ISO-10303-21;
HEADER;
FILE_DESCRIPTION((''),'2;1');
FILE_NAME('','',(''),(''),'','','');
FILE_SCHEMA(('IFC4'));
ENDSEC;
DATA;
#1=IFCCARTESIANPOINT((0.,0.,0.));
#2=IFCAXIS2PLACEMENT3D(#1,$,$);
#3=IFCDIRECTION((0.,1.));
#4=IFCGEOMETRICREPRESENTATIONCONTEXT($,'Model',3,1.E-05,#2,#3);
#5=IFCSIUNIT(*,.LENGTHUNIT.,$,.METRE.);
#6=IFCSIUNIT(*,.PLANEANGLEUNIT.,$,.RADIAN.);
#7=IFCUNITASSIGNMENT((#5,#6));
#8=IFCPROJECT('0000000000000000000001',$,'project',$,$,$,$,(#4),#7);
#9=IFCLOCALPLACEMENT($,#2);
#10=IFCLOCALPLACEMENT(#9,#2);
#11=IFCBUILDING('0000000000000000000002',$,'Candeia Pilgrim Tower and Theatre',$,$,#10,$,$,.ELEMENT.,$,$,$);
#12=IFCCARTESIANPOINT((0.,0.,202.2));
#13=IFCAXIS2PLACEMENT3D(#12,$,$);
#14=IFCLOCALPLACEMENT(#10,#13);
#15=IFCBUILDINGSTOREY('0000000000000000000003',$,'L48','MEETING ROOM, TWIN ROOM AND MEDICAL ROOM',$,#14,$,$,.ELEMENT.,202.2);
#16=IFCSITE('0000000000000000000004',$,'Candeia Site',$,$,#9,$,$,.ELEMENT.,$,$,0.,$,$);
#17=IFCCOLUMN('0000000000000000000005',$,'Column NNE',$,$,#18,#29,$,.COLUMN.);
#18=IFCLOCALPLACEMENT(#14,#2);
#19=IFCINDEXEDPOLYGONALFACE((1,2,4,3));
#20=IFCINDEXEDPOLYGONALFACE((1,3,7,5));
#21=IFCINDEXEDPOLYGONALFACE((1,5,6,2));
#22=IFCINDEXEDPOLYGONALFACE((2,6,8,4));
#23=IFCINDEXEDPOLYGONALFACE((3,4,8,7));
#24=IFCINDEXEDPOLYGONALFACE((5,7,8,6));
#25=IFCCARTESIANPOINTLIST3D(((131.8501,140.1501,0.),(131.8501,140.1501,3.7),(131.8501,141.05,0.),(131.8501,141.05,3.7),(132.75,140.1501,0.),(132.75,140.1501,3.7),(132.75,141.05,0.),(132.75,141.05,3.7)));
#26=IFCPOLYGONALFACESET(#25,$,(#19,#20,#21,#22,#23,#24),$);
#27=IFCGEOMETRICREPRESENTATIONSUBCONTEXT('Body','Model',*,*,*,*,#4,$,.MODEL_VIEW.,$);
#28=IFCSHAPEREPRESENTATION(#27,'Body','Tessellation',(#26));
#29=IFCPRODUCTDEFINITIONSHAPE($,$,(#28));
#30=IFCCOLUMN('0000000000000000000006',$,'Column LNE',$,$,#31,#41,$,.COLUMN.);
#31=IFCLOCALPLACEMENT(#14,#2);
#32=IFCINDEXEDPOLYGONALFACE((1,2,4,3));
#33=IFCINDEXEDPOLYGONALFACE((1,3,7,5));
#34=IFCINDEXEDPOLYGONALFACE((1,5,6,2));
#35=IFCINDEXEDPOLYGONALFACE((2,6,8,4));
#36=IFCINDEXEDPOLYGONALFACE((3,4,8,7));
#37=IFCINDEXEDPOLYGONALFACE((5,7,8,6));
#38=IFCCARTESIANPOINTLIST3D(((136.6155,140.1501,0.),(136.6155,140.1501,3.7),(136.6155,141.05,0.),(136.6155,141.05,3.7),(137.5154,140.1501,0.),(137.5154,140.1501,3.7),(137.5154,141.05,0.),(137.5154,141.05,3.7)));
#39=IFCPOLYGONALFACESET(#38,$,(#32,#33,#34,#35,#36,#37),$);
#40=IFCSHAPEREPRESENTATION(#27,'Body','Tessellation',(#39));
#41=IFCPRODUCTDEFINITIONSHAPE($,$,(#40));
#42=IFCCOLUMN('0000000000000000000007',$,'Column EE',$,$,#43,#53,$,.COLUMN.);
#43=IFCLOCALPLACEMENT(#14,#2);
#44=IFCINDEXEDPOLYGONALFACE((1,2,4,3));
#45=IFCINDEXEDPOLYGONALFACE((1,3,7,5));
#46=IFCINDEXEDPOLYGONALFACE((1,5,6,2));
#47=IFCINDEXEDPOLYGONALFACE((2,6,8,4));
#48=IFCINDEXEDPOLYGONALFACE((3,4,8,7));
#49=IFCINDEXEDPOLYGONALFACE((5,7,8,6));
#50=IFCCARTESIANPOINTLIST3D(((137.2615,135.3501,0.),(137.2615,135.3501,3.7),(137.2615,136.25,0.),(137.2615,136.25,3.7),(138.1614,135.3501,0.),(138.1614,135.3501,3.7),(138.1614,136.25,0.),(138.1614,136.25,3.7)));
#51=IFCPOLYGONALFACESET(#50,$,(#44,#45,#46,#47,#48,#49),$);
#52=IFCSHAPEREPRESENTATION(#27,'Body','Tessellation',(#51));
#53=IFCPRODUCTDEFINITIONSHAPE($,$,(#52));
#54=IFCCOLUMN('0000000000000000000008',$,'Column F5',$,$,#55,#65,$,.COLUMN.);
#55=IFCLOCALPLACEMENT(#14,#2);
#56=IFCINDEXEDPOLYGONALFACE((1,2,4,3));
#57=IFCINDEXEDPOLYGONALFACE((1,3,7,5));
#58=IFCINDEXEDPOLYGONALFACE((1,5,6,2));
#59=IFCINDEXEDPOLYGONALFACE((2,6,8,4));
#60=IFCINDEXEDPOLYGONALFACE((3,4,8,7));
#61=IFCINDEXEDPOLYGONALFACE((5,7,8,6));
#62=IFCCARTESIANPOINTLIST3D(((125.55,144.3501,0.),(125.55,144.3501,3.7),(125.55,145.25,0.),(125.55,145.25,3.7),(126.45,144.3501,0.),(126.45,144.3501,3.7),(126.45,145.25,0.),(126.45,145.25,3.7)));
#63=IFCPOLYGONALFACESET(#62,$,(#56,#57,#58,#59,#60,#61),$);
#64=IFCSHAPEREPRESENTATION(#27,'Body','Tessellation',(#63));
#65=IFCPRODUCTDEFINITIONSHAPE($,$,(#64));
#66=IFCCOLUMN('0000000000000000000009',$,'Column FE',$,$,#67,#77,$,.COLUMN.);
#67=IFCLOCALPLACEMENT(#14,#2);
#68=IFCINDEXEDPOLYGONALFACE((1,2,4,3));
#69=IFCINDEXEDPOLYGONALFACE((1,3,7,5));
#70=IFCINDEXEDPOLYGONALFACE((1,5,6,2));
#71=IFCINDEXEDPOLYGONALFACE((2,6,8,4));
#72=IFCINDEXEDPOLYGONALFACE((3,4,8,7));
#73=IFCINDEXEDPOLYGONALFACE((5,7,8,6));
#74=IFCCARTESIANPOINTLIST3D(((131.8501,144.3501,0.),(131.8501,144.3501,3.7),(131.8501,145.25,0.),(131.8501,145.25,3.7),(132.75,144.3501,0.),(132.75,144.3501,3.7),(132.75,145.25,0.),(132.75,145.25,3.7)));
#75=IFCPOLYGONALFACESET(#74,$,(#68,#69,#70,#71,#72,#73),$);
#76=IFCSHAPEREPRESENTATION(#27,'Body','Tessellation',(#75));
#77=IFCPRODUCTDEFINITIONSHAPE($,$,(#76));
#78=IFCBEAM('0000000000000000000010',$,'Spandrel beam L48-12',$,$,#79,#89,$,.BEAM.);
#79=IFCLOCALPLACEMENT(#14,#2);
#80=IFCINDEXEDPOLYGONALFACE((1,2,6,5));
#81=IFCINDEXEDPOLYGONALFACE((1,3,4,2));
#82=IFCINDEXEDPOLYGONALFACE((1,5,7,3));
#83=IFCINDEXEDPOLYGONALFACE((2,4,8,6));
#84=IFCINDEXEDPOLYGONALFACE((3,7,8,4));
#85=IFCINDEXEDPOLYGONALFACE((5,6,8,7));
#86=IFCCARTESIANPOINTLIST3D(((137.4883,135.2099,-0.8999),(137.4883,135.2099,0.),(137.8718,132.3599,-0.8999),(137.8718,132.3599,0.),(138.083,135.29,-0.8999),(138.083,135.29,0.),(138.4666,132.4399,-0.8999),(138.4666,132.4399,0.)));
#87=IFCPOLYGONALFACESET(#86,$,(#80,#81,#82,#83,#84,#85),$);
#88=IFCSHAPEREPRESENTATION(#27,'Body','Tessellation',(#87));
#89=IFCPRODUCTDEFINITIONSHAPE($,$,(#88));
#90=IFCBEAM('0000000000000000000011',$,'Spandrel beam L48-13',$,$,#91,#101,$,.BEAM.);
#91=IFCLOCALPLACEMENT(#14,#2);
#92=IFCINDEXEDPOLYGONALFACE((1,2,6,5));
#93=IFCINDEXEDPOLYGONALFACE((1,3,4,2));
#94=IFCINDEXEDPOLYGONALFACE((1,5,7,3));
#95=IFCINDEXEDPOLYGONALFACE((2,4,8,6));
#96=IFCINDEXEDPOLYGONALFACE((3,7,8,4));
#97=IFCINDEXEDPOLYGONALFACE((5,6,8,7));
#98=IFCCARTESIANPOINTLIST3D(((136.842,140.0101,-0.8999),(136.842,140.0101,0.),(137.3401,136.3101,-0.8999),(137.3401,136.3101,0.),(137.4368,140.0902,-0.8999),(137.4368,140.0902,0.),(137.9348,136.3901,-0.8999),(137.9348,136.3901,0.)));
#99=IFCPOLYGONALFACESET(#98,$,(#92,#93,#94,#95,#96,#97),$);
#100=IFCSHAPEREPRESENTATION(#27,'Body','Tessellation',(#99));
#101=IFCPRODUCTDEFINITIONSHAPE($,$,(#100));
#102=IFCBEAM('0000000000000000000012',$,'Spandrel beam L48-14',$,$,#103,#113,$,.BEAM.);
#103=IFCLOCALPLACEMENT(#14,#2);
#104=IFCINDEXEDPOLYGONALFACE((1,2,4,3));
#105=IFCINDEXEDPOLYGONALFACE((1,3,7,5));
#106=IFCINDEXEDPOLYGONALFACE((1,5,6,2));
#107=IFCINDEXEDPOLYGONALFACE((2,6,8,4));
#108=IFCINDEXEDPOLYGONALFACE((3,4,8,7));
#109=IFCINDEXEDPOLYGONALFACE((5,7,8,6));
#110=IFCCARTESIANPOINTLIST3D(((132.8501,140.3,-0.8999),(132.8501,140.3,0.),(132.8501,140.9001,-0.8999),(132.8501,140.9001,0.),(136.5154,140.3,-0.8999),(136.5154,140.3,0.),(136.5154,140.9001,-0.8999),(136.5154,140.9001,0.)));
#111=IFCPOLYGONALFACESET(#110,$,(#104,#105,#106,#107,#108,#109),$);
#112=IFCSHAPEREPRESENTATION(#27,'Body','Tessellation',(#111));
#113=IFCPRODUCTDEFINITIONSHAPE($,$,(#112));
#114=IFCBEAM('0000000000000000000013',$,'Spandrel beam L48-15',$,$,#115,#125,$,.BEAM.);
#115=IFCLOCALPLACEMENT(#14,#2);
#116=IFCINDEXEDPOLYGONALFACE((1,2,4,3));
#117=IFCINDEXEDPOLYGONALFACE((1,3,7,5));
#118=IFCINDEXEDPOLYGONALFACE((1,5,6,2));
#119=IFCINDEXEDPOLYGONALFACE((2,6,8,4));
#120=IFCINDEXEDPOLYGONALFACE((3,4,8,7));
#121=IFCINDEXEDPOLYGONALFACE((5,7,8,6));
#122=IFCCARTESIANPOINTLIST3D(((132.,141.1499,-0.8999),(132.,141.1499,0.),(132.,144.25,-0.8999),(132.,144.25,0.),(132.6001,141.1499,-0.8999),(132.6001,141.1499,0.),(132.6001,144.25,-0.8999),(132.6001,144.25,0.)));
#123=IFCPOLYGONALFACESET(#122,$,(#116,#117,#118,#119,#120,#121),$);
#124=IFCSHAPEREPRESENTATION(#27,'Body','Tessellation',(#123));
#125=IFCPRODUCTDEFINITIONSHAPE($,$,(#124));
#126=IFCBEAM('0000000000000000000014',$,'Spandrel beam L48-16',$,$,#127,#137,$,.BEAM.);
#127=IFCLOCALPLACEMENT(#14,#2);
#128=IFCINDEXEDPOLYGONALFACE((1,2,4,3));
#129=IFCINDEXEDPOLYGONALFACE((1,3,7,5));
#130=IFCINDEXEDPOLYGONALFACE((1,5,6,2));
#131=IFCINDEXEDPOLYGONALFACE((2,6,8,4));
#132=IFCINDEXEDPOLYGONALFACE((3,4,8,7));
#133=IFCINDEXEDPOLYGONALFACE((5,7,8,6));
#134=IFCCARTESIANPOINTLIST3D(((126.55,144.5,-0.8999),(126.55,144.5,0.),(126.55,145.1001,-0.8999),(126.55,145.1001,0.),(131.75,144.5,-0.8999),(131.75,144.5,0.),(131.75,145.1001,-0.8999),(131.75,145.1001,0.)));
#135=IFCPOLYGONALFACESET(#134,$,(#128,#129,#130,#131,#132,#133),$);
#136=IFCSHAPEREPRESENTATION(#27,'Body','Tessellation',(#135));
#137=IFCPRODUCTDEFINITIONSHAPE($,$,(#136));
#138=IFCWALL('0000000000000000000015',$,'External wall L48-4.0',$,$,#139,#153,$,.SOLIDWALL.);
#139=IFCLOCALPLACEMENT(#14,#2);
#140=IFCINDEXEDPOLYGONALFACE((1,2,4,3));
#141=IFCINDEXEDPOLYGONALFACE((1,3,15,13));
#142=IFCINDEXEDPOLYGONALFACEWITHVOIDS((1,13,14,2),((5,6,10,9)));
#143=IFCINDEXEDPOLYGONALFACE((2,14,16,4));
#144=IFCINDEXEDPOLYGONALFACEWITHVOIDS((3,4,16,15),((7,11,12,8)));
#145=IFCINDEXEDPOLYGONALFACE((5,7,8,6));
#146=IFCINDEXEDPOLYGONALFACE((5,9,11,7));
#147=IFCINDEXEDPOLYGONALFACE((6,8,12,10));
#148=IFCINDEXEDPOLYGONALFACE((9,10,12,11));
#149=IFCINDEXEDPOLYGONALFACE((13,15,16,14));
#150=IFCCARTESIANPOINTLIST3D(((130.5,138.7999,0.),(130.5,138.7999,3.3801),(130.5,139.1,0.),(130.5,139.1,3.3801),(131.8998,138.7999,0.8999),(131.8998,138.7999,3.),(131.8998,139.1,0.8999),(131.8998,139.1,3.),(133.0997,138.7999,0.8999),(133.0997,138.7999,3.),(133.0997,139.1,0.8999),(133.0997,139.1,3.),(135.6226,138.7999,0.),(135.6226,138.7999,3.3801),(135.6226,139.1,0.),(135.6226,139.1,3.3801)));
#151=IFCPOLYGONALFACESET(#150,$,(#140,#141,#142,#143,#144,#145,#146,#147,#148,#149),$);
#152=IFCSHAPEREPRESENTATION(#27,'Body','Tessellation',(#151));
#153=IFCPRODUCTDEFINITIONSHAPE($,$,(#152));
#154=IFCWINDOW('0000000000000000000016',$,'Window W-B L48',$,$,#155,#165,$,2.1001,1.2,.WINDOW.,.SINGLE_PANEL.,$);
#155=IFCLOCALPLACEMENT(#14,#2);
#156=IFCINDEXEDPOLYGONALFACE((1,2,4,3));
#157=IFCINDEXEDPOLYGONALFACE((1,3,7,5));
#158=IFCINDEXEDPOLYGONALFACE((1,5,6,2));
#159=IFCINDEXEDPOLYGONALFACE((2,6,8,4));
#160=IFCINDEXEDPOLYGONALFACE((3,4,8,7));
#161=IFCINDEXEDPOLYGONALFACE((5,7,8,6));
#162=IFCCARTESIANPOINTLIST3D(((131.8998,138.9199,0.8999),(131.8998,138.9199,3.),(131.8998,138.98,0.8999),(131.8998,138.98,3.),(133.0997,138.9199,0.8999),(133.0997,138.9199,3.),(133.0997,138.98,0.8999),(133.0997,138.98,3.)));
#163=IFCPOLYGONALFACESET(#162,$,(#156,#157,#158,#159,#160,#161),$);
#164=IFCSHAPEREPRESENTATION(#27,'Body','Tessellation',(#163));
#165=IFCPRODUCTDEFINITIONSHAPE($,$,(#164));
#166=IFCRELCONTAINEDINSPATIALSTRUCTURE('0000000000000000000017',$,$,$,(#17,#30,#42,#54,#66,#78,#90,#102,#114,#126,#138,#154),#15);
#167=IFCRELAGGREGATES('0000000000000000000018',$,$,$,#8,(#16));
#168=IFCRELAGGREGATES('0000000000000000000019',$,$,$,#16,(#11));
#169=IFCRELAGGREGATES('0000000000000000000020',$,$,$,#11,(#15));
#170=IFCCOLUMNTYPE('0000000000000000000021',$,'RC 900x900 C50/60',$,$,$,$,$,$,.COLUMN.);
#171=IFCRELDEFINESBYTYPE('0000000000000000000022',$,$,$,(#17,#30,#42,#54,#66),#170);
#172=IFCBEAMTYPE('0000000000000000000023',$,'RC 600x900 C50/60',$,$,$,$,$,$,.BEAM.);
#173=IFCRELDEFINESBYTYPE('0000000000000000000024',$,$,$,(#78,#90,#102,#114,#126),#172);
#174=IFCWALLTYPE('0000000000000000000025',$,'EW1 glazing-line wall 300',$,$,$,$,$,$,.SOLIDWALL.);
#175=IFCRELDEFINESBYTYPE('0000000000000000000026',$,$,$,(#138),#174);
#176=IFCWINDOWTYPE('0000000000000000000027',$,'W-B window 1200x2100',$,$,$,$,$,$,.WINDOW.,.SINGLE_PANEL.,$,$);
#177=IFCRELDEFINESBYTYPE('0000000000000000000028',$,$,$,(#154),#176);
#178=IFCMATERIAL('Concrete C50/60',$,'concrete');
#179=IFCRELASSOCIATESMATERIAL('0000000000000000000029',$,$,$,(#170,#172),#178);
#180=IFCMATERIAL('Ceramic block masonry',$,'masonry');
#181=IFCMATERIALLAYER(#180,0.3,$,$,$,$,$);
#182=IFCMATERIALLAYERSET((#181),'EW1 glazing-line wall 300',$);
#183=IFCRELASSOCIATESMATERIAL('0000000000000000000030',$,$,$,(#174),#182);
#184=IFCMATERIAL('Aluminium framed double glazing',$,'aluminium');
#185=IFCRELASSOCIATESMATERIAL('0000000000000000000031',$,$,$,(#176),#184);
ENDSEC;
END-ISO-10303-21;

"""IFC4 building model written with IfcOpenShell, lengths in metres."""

from ifc_helpers import new_model, si_unit, direction, frame, frame_2d, origin, origin_2d, place, context, subcontext, project, spatial, rectangle, extrude, material, layer, layer_set, material_profile, profile_set, type_object, element, fill, save


model = new_model("IFC4")

# Units and contexts
model_context = context("Model", 3, precision=1e-05, world=origin(), true_north=direction((0.0, 1.0)))
body_context = subcontext(model_context, "Body", "Model", "MODEL_VIEW")
ifc_project = project(units=[si_unit("LENGTHUNIT", "METRE"), si_unit("PLANEANGLEUNIT", "RADIAN")], contexts=[model_context])

# Site, building, storey
site_placement = place(None, origin())
site = spatial("IfcSite", under=ifc_project, at=site_placement, Name="Candeia Site", CompositionType="ELEMENT", RefElevation=0.0)
building_placement = place(site_placement, origin())
building = spatial("IfcBuilding", under=site, at=building_placement, Name="Candeia Pilgrim Tower and Theatre", CompositionType="ELEMENT")
storey_placement = place(building_placement, frame((0.0, 0.0, 202.2)))
storey = spatial("IfcBuildingStorey", under=building, at=storey_placement, Name="L48", Description="MEETING ROOM, TWIN ROOM AND MEDICAL ROOM", CompositionType="ELEMENT", Elevation=202.2)

# Columns
ifc_material_1 = material(Name="Concrete C50/60", Category="concrete")
ifc_material_profile_1 = material_profile(ifc_material_1, rectangle(XDim=0.8999, YDim=0.8999, at=origin_2d()))
ifc_profile_set_1 = profile_set([ifc_material_profile_1], Name="Concrete C50/60")
column_type = type_object("IfcColumnType", Name="RC 900x900 C50/60", PredefinedType="COLUMN", material=ifc_profile_set_1)
for number, where, z_axis, x_axis, name in (
    (1, (132.3, 140.6001, 0.0), (0.0, 0.0, 1.0), (1.0, 0.0, 0.0), "Column NNE"),
    (2, (137.0654, 140.6001, 0.0), (0.0, 0.0, 1.0), (1.0, 0.0, 0.0), "Column LNE"),
    (3, (137.7114, 135.8, 0.0), (0.0, 0.0, 1.0), (1.0, 0.0, 0.0), "Column EE"),
    (4, (126.0, 144.8, 0.0), (0.0, 0.0, 1.0), (1.0, 0.0, 0.0), "Column F5"),
    (5, (132.3, 144.8, 0.0), (0.0, 0.0, 1.0), (1.0, 0.0, 0.0), "Column FE"),
):
    element("IfcColumn", number, at=place(storey_placement, frame(where, z_axis=z_axis, x_axis=x_axis)), inside=storey, type_object=column_type, Name=name, PredefinedType="COLUMN", context=body_context, shape_type="SweptSolid", body=[
        extrude(rectangle(XDim=0.8999, YDim=0.8999, at=origin_2d()), origin(), (0.0, 0.0, 1.0), 3.7),
    ])

# Beams
ifc_material_profile_2 = material_profile(ifc_material_1, rectangle(XDim=0.6001, YDim=0.8999, at=origin_2d()))
ifc_profile_set_2 = profile_set([ifc_material_profile_2], Name="Concrete C50/60")
beam_type = type_object("IfcBeamType", Name="RC 600x900 C50/60", PredefinedType="BEAM", material=ifc_profile_set_2)
beam_1_placement = place(storey_placement, frame((138.1692, 132.3999, -0.45), z_axis=(-0.13337, 0.991066, 0.0), x_axis=(-0.991066, -0.13337, 0.0)))
element("IfcBeam", 6, at=beam_1_placement, inside=storey, type_object=beam_type, Name="Spandrel beam L48-12", PredefinedType="BEAM", context=body_context, shape_type="SweptSolid", body=[
    extrude(rectangle(XDim=0.6001, YDim=0.8999, at=origin_2d()), origin(), (0.0, 0.0, 1.0), 2.8757),
])
beam_2_placement = place(storey_placement, frame((137.6375, 136.3501, -0.45), z_axis=(-0.133406, 0.991061, 0.0), x_axis=(-0.991061, -0.133406, 0.0)))
element("IfcBeam", 7, at=beam_2_placement, inside=storey, type_object=beam_type, Name="Spandrel beam L48-13", PredefinedType="BEAM", context=body_context, shape_type="SweptSolid", body=[
    extrude(rectangle(XDim=0.6001, YDim=0.8999, at=origin_2d()), origin(), (0.0, 0.0, 1.0), 3.7334),
])
beam_3_placement = place(storey_placement, frame((136.5154, 140.6001, -0.45), z_axis=(-1.0, 0.0, 0.0), x_axis=(0.0, -1.0, 0.0)))
element("IfcBeam", 8, at=beam_3_placement, inside=storey, type_object=beam_type, Name="Spandrel beam L48-14", PredefinedType="BEAM", context=body_context, shape_type="SweptSolid", body=[
    extrude(rectangle(XDim=0.6001, YDim=0.8999, at=origin_2d()), origin(), (0.0, 0.0, 1.0), 3.6653),
])
beam_4_placement = place(storey_placement, frame((132.3, 141.1499, -0.45), z_axis=(0.0, 1.0, 0.0), x_axis=(-1.0, 0.0, 0.0)))
element("IfcBeam", 9, at=beam_4_placement, inside=storey, type_object=beam_type, Name="Spandrel beam L48-15", PredefinedType="BEAM", context=body_context, shape_type="SweptSolid", body=[
    extrude(rectangle(XDim=0.6001, YDim=0.8999, at=origin_2d()), origin(), (0.0, 0.0, 1.0), 3.1001),
])
beam_5_placement = place(storey_placement, frame((131.75, 144.8, -0.45), z_axis=(-1.0, 0.0, 0.0), x_axis=(0.0, -1.0, 0.0)))
element("IfcBeam", 10, at=beam_5_placement, inside=storey, type_object=beam_type, Name="Spandrel beam L48-16", PredefinedType="BEAM", context=body_context, shape_type="SweptSolid", body=[
    extrude(rectangle(XDim=0.6001, YDim=0.8999, at=origin_2d()), origin(), (0.0, 0.0, 1.0), 5.2),
])

# Wall, opening, window
ifc_material_2 = material(Name="Ceramic block masonry", Category="masonry")
ifc_layer_1 = layer(ifc_material_2, 0.3)
ifc_layer_set_1 = layer_set([ifc_layer_1], Name="EW1 glazing-line wall 300")
wall_type_1 = type_object("IfcWallType", Name="EW1 glazing-line wall 300", PredefinedType="SOLIDWALL", material=ifc_layer_set_1)
wall_1_placement = place(storey_placement, frame((135.6226, 138.95, 0.0), z_axis=(0.0, 0.0, 1.0), x_axis=(-1.0, 0.0, 0.0)))
wall_1 = element("IfcWall", 11, at=wall_1_placement, inside=storey, type_object=wall_type_1, Name="External wall L48-4.0", PredefinedType="SOLIDWALL", context=body_context, shape_type="SweptSolid", body=[
    extrude(rectangle(XDim=5.1226, YDim=0.3, at=frame_2d((2.5613, 0.0))), origin(), (0.0, 0.0, 1.0), 3.3801),
])
opening_1_placement = place(wall_1_placement, frame((2.5227, 0.0, 0.8999)))
opening_1 = element("IfcOpeningElement", 12, at=opening_1_placement, cuts=wall_1, PredefinedType="OPENING", context=body_context, shape_type="SweptSolid", body=[
    extrude(rectangle(XDim=1.2, YDim=2.1001, at=frame_2d((0.6001, 1.05))), frame((0.0, 0.1602, 0.0), z_axis=(0.0, -1.0, 0.0), x_axis=(1.0, 0.0, 0.0)), (0.0, 0.0, 1.0), 0.3201),
])
ifc_material_3 = material(Name="Aluminium framed double glazing", Category="aluminium")
window_type_1 = type_object("IfcWindowType", Name="W-B window 1200x2100", PartitioningType="SINGLE_PANEL", PredefinedType="WINDOW", material=ifc_material_3)
window_1_placement = place(opening_1_placement, origin())
window_1 = element("IfcWindow", 13, at=window_1_placement, inside=storey, type_object=window_type_1, Name="Window W-B L48", OverallHeight=2.1001, OverallWidth=1.2, PartitioningType="SINGLE_PANEL", PredefinedType="WINDOW", context=body_context, shape_type="SweptSolid", body=[
    extrude(rectangle(XDim=1.2, YDim=2.1001, at=frame_2d((0.6001, 1.05))), frame((0.0, 0.03, 0.0), z_axis=(0.0, -1.0, 0.0), x_axis=(1.0, 0.0, 0.0)), (0.0, 0.0, 1.0), 0.0601),
])
fill(opening_1, window_1)

save(model, "model.ifc")
